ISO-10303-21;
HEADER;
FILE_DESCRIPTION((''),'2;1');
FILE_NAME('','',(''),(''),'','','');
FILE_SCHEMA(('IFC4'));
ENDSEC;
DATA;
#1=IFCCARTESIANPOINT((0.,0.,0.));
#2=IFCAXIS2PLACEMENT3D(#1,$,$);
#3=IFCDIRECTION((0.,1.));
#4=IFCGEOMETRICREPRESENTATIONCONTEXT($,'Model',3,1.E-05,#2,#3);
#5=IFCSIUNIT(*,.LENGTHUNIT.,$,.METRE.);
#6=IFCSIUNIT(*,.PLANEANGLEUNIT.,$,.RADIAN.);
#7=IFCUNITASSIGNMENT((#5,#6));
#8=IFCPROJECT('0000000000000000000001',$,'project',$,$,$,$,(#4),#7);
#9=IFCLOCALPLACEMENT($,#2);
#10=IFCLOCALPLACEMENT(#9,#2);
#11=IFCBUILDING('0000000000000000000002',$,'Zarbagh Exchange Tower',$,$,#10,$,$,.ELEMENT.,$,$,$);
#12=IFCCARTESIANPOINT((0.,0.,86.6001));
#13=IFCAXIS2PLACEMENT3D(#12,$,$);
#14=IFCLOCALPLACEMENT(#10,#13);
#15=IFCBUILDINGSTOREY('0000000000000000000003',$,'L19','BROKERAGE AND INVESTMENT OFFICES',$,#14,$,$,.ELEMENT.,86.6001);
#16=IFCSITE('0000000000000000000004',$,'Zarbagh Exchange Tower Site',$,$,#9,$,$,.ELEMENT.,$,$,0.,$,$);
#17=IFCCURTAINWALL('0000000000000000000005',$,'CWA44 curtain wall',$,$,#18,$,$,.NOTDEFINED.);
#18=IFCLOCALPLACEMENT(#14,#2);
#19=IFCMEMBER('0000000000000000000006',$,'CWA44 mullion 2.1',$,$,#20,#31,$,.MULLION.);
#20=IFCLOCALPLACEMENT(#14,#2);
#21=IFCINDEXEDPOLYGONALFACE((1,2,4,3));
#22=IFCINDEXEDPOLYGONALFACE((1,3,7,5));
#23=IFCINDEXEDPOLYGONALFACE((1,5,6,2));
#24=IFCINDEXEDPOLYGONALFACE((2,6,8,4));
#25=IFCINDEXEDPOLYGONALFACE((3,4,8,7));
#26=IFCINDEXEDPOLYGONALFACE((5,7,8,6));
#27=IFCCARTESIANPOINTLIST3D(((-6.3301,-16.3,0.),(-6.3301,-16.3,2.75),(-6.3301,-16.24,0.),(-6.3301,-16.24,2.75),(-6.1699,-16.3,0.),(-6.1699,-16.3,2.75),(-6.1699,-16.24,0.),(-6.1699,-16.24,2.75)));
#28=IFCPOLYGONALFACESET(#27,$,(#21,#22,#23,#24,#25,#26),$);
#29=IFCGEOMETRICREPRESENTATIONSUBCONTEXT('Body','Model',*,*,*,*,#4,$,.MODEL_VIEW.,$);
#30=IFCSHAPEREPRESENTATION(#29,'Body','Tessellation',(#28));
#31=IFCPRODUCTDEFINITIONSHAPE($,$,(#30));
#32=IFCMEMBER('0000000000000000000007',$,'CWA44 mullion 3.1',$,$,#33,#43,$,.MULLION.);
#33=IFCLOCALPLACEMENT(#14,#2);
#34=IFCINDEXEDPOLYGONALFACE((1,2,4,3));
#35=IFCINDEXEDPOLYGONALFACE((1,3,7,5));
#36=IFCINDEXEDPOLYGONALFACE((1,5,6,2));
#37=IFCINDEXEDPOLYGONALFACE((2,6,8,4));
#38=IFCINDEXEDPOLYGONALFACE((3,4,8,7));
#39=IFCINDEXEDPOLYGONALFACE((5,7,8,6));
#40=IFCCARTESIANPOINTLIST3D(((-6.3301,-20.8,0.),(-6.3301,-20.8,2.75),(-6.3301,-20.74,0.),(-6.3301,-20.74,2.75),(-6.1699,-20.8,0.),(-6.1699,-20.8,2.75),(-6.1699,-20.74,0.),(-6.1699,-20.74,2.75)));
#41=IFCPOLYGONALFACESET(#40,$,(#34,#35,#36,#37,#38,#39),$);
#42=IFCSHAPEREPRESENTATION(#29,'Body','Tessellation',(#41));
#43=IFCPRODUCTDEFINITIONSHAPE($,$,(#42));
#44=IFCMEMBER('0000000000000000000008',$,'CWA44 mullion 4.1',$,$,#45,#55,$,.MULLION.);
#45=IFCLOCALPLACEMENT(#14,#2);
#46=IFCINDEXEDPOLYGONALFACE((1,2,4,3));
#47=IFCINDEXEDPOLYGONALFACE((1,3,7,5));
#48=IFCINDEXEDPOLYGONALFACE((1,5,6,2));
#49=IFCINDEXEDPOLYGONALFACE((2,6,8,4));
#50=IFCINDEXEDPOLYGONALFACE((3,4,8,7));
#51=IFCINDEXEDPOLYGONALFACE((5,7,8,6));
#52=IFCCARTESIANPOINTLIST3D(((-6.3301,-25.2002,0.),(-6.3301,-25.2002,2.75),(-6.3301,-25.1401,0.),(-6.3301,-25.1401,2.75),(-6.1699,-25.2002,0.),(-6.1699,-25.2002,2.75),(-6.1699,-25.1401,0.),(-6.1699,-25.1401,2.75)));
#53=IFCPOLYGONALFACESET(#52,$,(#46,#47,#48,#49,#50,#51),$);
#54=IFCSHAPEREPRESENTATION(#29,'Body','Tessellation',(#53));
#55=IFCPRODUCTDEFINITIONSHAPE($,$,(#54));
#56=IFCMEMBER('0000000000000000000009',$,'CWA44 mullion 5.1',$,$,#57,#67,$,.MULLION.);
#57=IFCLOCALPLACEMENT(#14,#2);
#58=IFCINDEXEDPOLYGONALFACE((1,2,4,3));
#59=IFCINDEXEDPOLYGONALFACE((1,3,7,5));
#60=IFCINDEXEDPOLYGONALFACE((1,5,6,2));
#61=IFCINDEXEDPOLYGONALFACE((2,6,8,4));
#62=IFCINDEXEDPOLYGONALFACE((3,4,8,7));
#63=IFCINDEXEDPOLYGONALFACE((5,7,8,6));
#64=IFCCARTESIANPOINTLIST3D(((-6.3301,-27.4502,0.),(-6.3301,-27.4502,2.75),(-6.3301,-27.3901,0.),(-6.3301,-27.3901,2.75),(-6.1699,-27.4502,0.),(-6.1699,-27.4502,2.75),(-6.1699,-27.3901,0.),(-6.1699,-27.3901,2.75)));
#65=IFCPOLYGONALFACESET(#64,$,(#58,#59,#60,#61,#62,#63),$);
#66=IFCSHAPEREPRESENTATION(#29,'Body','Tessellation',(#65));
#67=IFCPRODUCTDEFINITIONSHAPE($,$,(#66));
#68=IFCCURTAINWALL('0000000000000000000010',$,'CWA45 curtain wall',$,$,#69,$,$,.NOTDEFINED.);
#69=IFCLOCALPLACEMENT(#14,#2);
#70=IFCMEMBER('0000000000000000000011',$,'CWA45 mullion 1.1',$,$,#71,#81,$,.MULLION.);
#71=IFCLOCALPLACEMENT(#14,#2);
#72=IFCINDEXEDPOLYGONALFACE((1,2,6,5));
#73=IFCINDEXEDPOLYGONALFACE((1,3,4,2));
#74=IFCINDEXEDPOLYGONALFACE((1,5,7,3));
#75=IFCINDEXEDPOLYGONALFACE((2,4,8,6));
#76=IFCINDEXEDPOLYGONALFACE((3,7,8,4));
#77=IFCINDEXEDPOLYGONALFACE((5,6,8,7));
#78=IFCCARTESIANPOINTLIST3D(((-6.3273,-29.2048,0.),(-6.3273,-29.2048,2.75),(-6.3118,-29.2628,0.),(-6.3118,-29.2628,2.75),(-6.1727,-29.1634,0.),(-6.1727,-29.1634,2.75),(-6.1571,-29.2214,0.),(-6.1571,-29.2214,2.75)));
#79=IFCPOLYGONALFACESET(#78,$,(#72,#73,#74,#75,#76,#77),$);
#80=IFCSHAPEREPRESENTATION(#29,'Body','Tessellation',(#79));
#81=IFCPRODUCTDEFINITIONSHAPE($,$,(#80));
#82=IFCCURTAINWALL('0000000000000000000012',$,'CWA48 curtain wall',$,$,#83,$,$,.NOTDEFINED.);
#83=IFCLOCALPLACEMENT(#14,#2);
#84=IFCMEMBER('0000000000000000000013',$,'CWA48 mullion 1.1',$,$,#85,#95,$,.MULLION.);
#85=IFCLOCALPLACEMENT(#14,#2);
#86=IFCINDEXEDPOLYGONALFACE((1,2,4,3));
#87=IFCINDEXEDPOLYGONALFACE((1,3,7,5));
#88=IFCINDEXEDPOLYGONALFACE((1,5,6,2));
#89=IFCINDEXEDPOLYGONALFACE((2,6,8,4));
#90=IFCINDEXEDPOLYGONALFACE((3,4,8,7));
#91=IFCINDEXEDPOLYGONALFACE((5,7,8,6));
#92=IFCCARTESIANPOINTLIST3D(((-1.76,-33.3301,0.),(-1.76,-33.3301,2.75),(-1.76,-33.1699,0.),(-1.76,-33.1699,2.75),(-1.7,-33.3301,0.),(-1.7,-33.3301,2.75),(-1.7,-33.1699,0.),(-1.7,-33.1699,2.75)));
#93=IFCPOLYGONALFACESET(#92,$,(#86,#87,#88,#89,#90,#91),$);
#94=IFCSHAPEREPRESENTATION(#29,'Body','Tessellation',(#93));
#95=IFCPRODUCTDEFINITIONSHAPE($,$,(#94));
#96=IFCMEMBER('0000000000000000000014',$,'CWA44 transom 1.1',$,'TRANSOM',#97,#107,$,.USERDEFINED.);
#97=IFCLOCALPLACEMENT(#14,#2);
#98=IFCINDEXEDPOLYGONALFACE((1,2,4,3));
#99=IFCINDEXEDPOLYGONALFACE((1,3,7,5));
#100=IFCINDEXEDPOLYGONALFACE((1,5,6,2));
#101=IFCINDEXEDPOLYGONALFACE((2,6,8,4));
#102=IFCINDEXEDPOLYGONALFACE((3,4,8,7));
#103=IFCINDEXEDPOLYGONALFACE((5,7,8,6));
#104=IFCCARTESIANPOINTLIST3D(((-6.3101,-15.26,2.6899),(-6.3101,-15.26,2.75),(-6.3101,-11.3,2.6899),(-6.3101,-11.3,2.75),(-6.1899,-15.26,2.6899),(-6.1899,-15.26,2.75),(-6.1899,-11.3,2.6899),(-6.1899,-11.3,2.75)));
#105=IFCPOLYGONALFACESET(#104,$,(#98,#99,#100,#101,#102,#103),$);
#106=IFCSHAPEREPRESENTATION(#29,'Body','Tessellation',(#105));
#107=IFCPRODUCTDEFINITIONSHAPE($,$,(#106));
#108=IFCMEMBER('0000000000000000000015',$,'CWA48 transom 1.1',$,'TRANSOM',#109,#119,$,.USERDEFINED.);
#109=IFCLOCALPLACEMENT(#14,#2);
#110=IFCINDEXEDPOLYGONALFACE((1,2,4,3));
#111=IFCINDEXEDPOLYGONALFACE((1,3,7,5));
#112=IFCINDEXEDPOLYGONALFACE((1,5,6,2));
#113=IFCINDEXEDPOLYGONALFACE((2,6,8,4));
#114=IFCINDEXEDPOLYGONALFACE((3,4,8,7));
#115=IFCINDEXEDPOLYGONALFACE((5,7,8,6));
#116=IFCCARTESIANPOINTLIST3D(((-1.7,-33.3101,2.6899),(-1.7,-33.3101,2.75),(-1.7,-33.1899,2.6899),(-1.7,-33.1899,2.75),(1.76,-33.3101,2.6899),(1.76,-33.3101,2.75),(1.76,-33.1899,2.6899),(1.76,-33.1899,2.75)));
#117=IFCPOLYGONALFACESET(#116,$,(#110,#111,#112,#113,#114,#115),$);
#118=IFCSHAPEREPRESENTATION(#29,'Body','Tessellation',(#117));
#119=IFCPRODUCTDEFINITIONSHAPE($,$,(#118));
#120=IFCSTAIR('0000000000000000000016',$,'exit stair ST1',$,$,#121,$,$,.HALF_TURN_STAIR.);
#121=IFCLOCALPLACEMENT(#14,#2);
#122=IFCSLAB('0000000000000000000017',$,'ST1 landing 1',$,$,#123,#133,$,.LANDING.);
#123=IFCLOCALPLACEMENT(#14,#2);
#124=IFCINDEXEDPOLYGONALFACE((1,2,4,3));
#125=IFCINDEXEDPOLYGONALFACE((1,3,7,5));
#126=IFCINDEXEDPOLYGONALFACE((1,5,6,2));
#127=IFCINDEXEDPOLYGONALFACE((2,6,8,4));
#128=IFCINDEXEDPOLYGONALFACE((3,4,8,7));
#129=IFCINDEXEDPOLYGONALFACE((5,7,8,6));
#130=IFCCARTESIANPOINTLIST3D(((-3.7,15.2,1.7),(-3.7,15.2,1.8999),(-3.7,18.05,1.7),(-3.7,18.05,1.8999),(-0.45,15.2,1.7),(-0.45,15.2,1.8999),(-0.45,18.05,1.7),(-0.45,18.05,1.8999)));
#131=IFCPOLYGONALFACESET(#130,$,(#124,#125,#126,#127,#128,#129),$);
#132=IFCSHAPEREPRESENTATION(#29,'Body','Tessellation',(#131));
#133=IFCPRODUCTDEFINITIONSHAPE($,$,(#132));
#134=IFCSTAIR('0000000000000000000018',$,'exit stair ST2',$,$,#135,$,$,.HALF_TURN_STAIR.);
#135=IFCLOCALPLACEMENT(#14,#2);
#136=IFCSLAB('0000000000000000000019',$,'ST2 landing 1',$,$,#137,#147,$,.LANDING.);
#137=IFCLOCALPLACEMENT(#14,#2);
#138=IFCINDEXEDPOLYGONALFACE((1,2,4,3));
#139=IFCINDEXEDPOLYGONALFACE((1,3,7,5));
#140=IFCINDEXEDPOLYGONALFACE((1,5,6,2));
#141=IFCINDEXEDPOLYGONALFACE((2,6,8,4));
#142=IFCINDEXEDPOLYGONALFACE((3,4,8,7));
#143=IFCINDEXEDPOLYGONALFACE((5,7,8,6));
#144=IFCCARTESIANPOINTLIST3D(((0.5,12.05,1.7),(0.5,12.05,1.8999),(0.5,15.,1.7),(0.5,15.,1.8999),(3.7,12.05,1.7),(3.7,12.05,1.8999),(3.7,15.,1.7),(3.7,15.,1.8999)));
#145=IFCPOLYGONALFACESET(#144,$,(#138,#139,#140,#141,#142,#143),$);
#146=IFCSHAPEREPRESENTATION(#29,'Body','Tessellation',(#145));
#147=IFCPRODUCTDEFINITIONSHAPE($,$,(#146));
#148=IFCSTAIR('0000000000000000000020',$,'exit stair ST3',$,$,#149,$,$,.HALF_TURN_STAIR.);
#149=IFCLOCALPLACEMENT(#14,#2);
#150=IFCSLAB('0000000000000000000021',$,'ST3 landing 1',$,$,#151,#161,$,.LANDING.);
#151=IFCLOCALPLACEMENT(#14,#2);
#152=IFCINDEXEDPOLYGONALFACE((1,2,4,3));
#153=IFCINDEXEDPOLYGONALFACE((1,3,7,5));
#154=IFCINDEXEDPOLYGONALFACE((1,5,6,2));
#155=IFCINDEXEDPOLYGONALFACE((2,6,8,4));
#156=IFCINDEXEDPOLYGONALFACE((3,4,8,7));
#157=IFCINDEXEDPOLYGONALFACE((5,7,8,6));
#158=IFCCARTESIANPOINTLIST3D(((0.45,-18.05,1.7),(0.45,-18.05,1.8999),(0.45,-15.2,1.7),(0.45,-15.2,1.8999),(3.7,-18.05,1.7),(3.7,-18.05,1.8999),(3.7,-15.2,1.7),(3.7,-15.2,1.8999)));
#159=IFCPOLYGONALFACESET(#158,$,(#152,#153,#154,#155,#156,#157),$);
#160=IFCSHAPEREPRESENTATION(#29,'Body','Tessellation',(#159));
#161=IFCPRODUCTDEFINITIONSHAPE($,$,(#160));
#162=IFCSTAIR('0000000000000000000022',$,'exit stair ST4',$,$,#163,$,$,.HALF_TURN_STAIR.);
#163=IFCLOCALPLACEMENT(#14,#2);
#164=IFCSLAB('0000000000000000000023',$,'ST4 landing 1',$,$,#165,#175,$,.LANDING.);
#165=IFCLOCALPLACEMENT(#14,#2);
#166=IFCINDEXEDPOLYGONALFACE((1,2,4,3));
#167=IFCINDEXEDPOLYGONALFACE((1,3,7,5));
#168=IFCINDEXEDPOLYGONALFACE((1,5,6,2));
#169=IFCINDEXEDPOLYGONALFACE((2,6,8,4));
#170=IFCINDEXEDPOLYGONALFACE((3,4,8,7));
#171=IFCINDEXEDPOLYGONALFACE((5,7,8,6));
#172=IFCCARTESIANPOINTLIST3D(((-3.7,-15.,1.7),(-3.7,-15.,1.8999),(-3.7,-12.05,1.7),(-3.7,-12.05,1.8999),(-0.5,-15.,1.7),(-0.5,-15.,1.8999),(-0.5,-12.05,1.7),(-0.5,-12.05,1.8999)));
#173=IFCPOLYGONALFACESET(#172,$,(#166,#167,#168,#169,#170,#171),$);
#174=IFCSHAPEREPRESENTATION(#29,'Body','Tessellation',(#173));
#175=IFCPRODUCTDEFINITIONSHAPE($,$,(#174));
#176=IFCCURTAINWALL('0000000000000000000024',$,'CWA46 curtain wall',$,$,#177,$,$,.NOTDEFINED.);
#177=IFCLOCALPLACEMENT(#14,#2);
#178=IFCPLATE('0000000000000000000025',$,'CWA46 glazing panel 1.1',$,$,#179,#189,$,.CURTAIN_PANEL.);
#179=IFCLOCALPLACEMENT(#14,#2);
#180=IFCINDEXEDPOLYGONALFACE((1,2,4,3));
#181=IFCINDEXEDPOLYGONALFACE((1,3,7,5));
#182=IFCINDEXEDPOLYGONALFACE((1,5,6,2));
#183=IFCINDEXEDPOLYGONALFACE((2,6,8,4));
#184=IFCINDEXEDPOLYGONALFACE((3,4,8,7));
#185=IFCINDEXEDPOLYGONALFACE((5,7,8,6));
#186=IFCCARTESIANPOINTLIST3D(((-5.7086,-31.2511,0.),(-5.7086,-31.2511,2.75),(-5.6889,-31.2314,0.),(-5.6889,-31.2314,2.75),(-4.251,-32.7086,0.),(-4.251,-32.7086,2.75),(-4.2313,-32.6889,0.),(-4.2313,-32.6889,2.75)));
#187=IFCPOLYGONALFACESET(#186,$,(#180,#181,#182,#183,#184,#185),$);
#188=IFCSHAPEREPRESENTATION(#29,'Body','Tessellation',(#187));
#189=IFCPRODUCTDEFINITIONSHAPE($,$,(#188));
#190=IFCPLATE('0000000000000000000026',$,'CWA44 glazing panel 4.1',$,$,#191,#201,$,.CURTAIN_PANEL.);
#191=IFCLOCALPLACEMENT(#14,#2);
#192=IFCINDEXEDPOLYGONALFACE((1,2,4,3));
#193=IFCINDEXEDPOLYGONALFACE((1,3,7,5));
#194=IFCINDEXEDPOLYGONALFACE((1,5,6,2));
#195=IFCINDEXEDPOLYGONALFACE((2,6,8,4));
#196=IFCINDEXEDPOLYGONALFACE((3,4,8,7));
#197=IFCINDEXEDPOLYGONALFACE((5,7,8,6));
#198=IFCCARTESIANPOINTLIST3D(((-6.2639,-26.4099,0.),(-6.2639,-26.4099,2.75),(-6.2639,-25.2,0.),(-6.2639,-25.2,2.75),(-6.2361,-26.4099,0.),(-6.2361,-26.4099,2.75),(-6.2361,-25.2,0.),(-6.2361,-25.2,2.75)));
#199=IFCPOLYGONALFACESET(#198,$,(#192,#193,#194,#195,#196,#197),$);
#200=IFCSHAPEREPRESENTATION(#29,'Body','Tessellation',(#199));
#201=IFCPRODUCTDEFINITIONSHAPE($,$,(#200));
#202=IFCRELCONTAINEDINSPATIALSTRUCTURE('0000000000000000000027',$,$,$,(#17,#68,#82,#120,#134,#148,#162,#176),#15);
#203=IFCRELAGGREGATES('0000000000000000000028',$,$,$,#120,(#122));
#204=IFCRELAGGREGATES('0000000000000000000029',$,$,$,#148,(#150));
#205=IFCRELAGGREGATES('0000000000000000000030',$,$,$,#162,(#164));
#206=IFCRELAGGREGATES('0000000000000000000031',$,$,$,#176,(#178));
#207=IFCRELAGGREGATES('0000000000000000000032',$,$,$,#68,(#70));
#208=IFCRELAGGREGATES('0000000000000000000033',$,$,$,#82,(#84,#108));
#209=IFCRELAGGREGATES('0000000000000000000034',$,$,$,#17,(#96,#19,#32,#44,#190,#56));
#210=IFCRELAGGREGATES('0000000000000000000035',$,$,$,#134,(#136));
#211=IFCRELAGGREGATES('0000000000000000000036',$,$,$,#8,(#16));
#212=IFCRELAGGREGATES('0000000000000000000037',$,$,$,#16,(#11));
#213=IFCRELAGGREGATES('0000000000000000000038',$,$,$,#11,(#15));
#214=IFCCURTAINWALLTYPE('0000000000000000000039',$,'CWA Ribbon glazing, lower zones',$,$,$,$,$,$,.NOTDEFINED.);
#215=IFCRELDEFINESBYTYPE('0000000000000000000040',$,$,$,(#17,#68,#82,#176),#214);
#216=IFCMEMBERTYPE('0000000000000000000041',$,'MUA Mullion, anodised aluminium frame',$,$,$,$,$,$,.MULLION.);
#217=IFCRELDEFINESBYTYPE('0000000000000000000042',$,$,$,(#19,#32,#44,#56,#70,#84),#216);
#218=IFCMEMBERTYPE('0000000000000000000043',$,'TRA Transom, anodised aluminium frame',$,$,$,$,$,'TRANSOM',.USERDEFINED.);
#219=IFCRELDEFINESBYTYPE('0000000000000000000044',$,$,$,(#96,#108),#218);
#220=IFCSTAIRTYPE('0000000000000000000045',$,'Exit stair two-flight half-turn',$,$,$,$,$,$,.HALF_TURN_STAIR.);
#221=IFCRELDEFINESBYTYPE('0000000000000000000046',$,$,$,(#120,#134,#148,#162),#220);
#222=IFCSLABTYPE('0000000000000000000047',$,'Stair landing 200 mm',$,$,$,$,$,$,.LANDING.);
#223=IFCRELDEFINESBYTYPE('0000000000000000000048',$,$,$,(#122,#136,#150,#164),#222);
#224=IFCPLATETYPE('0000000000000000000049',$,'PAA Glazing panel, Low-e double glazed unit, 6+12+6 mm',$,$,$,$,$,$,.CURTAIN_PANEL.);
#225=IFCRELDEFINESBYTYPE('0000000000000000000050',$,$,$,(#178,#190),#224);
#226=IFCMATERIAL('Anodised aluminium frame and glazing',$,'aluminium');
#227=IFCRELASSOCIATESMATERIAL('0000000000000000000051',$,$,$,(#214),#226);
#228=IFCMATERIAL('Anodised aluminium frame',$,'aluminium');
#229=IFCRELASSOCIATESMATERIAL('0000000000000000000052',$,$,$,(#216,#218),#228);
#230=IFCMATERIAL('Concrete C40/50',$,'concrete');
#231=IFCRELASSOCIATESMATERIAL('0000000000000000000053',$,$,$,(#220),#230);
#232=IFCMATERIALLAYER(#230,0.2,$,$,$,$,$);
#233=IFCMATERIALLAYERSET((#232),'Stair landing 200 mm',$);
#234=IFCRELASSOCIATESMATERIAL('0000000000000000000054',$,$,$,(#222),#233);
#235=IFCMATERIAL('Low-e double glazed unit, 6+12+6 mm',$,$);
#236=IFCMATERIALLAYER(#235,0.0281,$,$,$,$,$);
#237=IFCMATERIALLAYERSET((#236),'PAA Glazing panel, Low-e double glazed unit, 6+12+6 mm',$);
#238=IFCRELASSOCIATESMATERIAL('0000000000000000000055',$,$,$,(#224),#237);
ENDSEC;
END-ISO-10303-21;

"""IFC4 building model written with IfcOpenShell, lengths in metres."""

from ifc_helpers import new_model, si_unit, direction, frame, origin, place, context, subcontext, project, spatial, polyline, outline, extrude, source, transform, mapped, material, layer, layer_set, type_object, element, aggregate, save


model = new_model("IFC4")

# Units and contexts
model_context = context("Model", 3, precision=1e-05, world=origin(), true_north=direction((0.0, 1.0)))
body_context = subcontext(model_context, "Body", "Model", "MODEL_VIEW")
ifc_project = project(units=[si_unit("LENGTHUNIT", "METRE"), si_unit("PLANEANGLEUNIT", "RADIAN")], contexts=[model_context])

# Site, building, storey
site_placement = place(None, origin())
site = spatial("IfcSite", under=ifc_project, at=site_placement, Name="Zarbagh Exchange Tower Site", CompositionType="ELEMENT", RefElevation=0.0)
building_placement = place(site_placement, origin())
building = spatial("IfcBuilding", under=site, at=building_placement, Name="Zarbagh Exchange Tower", CompositionType="ELEMENT")
storey_placement = place(building_placement, frame((0.0, 0.0, 86.6001)))
storey = spatial("IfcBuildingStorey", under=building, at=storey_placement, Name="L19", Description="BROKERAGE AND INVESTMENT OFFICES", CompositionType="ELEMENT", Elevation=86.6001)

# Curtain wall, members
ifc_material_1 = material(Name="Anodised aluminium frame and glazing", Category="aluminium")
curtain_wall_type = type_object("IfcCurtainWallType", Name="CWA Ribbon glazing, lower zones", PredefinedType="NOTDEFINED", material=ifc_material_1)
curtain_wall_1_placement = place(storey_placement, origin())
curtain_wall_1 = element("IfcCurtainWall", 1, at=curtain_wall_1_placement, inside=storey, type_object=curtain_wall_type, Name="CWA44 curtain wall", PredefinedType="NOTDEFINED")
ifc_material_2 = material(Name="Anodised aluminium frame", Category="aluminium")
member_type_1 = type_object("IfcMemberType", Name="MUA Mullion, anodised aluminium frame", PredefinedType="MULLION", material=ifc_material_2)
shared_shape_1 = source(origin(), body_context, "Body", "SweptSolid", [
    extrude(outline(polyline([(0.0, -0.0801), (0.0601, -0.0801), (0.0601, 0.0801), (0.0, 0.0801), (0.0, -0.0801)])), origin(), (0.0, 0.0, 1.0), 2.75),
])
placement = place(storey_placement, origin())
member_1 = element("IfcMember", 2, at=placement, type_object=member_type_1, Name="CWA44 mullion 2.1", PredefinedType="MULLION", context=body_context, shape_type="MappedRepresentation", body=[
    mapped(shared_shape_1, transform((-6.25, -16.24, 0.0), x_axis=(0.0, -1.0, 0.0), y_axis=(1.0, 0.0, 0.0), z_axis=(0.0, 0.0, 1.0))),
])
member_2 = element("IfcMember", 3, at=placement, type_object=member_type_1, Name="CWA44 mullion 3.1", PredefinedType="MULLION", context=body_context, shape_type="MappedRepresentation", body=[
    mapped(shared_shape_1, transform((-6.25, -20.74, 0.0), x_axis=(0.0, -1.0, 0.0), y_axis=(1.0, 0.0, 0.0), z_axis=(0.0, 0.0, 1.0))),
])
member_3 = element("IfcMember", 4, at=placement, type_object=member_type_1, Name="CWA44 mullion 4.1", PredefinedType="MULLION", context=body_context, shape_type="MappedRepresentation", body=[
    mapped(shared_shape_1, transform((-6.25, -25.1401, 0.0), x_axis=(0.0, -1.0, 0.0), y_axis=(1.0, 0.0, 0.0), z_axis=(0.0, 0.0, 1.0))),
])
member_4 = element("IfcMember", 5, at=placement, type_object=member_type_1, Name="CWA44 mullion 5.1", PredefinedType="MULLION", context=body_context, shape_type="MappedRepresentation", body=[
    mapped(shared_shape_1, transform((-6.25, -27.3901, 0.0), x_axis=(0.0, -1.0, 0.0), y_axis=(1.0, 0.0, 0.0), z_axis=(0.0, 0.0, 1.0))),
])

# Curtain walls, members
curtain_wall_2_placement = place(storey_placement, origin())
curtain_wall_2 = element("IfcCurtainWall", 6, at=curtain_wall_2_placement, inside=storey, type_object=curtain_wall_type, Name="CWA45 curtain wall", PredefinedType="NOTDEFINED")
member_5 = element("IfcMember", 7, at=placement, type_object=member_type_1, Name="CWA45 mullion 1.1", PredefinedType="MULLION", context=body_context, shape_type="MappedRepresentation", body=[
    mapped(shared_shape_1, transform((-6.25, -29.1841, 0.0), x_axis=(0.258825, -0.965924, 0.0), y_axis=(0.965924, 0.258825, 0.0), z_axis=(0.0, 0.0, 1.0))),
])
curtain_wall_3_placement = place(storey_placement, origin())
curtain_wall_3 = element("IfcCurtainWall", 8, at=curtain_wall_3_placement, inside=storey, type_object=curtain_wall_type, Name="CWA48 curtain wall", PredefinedType="NOTDEFINED")
member_6 = element("IfcMember", 9, at=placement, type_object=member_type_1, Name="CWA48 mullion 1.1", PredefinedType="MULLION", context=body_context, shape_type="MappedRepresentation", body=[
    mapped(shared_shape_1, transform((-1.76, -33.25, 0.0), x_axis=(1.0, 0.0, 0.0), y_axis=(0.0, 1.0, 0.0), z_axis=(0.0, 0.0, 1.0))),
])

# Members
member_type_2 = type_object("IfcMemberType", Name="TRA Transom, anodised aluminium frame", ElementType="TRANSOM", PredefinedType="USERDEFINED", material=ifc_material_2)
shared_shape_2 = source(origin(), body_context, "Body", "SweptSolid", [
    extrude(outline(polyline([(-0.0601, -0.0601), (0.0, -0.0601), (0.0, 0.0601), (-0.0601, 0.0601), (-0.0601, -0.0601)])), origin(), (0.0, 0.0, 1.0), 3.96),
])
member_7 = element("IfcMember", 10, at=placement, type_object=member_type_2, Name="CWA44 transom 1.1", ObjectType="TRANSOM", PredefinedType="USERDEFINED", context=body_context, shape_type="MappedRepresentation", body=[
    mapped(shared_shape_2, transform((-6.25, -11.3, 2.75), x_axis=(0.0, 0.0, 1.0), y_axis=(-1.0, 0.0, 0.0), z_axis=(0.0, -1.0, 0.0))),
])
shared_shape_3 = source(origin(), body_context, "Body", "SweptSolid", [
    extrude(outline(polyline([(-0.0601, -0.0601), (0.0, -0.0601), (0.0, 0.0601), (-0.0601, 0.0601), (-0.0601, -0.0601)])), origin(), (0.0, 0.0, 1.0), 3.46),
])
member_8 = element("IfcMember", 11, at=placement, type_object=member_type_2, Name="CWA48 transom 1.1", ObjectType="TRANSOM", PredefinedType="USERDEFINED", context=body_context, shape_type="MappedRepresentation", body=[
    mapped(shared_shape_3, transform((-1.7, -33.25, 2.75), x_axis=(0.0, 0.0, 1.0), y_axis=(0.0, -1.0, 0.0), z_axis=(1.0, 0.0, 0.0))),
])

# Stairs, slabs
ifc_material_3 = material(Name="Concrete C40/50", Category="concrete")
stair_type = type_object("IfcStairType", Name="Exit stair two-flight half-turn", PredefinedType="HALF_TURN_STAIR", material=ifc_material_3)
stair_1_placement = place(storey_placement, origin())
stair_1 = element("IfcStair", 12, at=stair_1_placement, inside=storey, type_object=stair_type, Name="exit stair ST1", PredefinedType="HALF_TURN_STAIR")
ifc_layer_1 = layer(ifc_material_3, 0.2)
ifc_layer_set_1 = layer_set([ifc_layer_1], Name="Stair landing 200 mm")
slab_type = type_object("IfcSlabType", Name="Stair landing 200 mm", PredefinedType="LANDING", material=ifc_layer_set_1)
slab_1_placement = place(storey_placement, frame((0.0, 0.0, 1.7)))
slab_1 = element("IfcSlab", 13, at=slab_1_placement, type_object=slab_type, Name="ST1 landing 1", PredefinedType="LANDING", context=body_context, shape_type="SweptSolid", body=[
    extrude(outline(polyline([(-0.45, 18.05), (-3.7, 18.05), (-3.7, 15.2), (-0.45, 15.2), (-0.45, 18.05)])), origin(), (0.0, 0.0, 1.0), 0.2),
])
aggregate(stair_1, [slab_1])
stair_2_placement = place(storey_placement, origin())
stair_2 = element("IfcStair", 14, at=stair_2_placement, inside=storey, type_object=stair_type, Name="exit stair ST2", PredefinedType="HALF_TURN_STAIR")
slab_2_placement = place(storey_placement, frame((0.0, 0.0, 1.7)))
slab_2 = element("IfcSlab", 15, at=slab_2_placement, type_object=slab_type, Name="ST2 landing 1", PredefinedType="LANDING", context=body_context, shape_type="SweptSolid", body=[
    extrude(outline(polyline([(0.5, 12.05), (3.7, 12.05), (3.7, 15.0), (0.5, 15.0), (0.5, 12.05)])), origin(), (0.0, 0.0, 1.0), 0.2),
])
stair_3_placement = place(storey_placement, origin())
stair_3 = element("IfcStair", 16, at=stair_3_placement, inside=storey, type_object=stair_type, Name="exit stair ST3", PredefinedType="HALF_TURN_STAIR")
slab_3_placement = place(storey_placement, frame((0.0, 0.0, 1.7)))
slab_3 = element("IfcSlab", 17, at=slab_3_placement, type_object=slab_type, Name="ST3 landing 1", PredefinedType="LANDING", context=body_context, shape_type="SweptSolid", body=[
    extrude(outline(polyline([(0.45, -18.05), (3.7, -18.05), (3.7, -15.2), (0.45, -15.2), (0.45, -18.05)])), origin(), (0.0, 0.0, 1.0), 0.2),
])
aggregate(stair_3, [slab_3])
stair_4_placement = place(storey_placement, origin())
stair_4 = element("IfcStair", 18, at=stair_4_placement, inside=storey, type_object=stair_type, Name="exit stair ST4", PredefinedType="HALF_TURN_STAIR")
slab_4_placement = place(storey_placement, frame((0.0, 0.0, 1.7)))
slab_4 = element("IfcSlab", 19, at=slab_4_placement, type_object=slab_type, Name="ST4 landing 1", PredefinedType="LANDING", context=body_context, shape_type="SweptSolid", body=[
    extrude(outline(polyline([(-0.5, -12.05), (-3.7, -12.05), (-3.7, -15.0), (-0.5, -15.0), (-0.5, -12.05)])), origin(), (0.0, 0.0, 1.0), 0.2),
])
aggregate(stair_4, [slab_4])

# Curtain wall, plate
curtain_wall_4_placement = place(storey_placement, origin())
curtain_wall_4 = element("IfcCurtainWall", 20, at=curtain_wall_4_placement, inside=storey, type_object=curtain_wall_type, Name="CWA46 curtain wall", PredefinedType="NOTDEFINED")
ifc_material_4 = material(Name="Low-e double glazed unit, 6+12+6 mm")
ifc_layer_2 = layer(ifc_material_4, 0.0281)
ifc_layer_set_2 = layer_set([ifc_layer_2], Name="PAA Glazing panel, Low-e double glazed unit, 6+12+6 mm")
plate_type = type_object("IfcPlateType", Name="PAA Glazing panel, Low-e double glazed unit, 6+12+6 mm", PredefinedType="CURTAIN_PANEL", material=ifc_layer_set_2)
shared_shape_4 = source(origin(), body_context, "Body", "SweptSolid", [
    extrude(outline(polyline([(0.0, -0.0139), (2.0613, -0.0139), (2.0613, 0.0139), (0.0, 0.0139), (0.0, -0.0139)])), origin(), (0.0, 0.0, 1.0), 2.75),
])
plate_1 = element("IfcPlate", 21, at=placement, type_object=plate_type, Name="CWA46 glazing panel 1.1", PredefinedType="CURTAIN_PANEL", context=body_context, shape_type="MappedRepresentation", body=[
    mapped(shared_shape_4, transform((-5.6987, -31.2412, 0.0), x_axis=(0.707107, -0.707107, 0.0), y_axis=(0.707107, 0.707107, 0.0), z_axis=(0.0, 0.0, 1.0))),
])
aggregate(curtain_wall_4, [plate_1])

# Plate
shared_shape_5 = source(origin(), body_context, "Body", "SweptSolid", [
    extrude(outline(polyline([(0.0, -0.0139), (1.21, -0.0139), (1.21, 0.0139), (0.0, 0.0139), (0.0, -0.0139)])), origin(), (0.0, 0.0, 1.0), 2.75),
])
plate_2 = element("IfcPlate", 22, at=placement, type_object=plate_type, Name="CWA44 glazing panel 4.1", PredefinedType="CURTAIN_PANEL", context=body_context, shape_type="MappedRepresentation", body=[
    mapped(shared_shape_5, transform((-6.25, -25.2, 0.0), x_axis=(0.0, -1.0, 0.0), y_axis=(1.0, 0.0, 0.0), z_axis=(0.0, 0.0, 1.0))),
])
aggregate(curtain_wall_2, [member_5])

aggregate(curtain_wall_3, [member_6, member_8])
aggregate(curtain_wall_1, [member_7, member_1, member_2, member_3, plate_2, member_4])

aggregate(stair_2, [slab_2])

save(model, "model.ifc")
